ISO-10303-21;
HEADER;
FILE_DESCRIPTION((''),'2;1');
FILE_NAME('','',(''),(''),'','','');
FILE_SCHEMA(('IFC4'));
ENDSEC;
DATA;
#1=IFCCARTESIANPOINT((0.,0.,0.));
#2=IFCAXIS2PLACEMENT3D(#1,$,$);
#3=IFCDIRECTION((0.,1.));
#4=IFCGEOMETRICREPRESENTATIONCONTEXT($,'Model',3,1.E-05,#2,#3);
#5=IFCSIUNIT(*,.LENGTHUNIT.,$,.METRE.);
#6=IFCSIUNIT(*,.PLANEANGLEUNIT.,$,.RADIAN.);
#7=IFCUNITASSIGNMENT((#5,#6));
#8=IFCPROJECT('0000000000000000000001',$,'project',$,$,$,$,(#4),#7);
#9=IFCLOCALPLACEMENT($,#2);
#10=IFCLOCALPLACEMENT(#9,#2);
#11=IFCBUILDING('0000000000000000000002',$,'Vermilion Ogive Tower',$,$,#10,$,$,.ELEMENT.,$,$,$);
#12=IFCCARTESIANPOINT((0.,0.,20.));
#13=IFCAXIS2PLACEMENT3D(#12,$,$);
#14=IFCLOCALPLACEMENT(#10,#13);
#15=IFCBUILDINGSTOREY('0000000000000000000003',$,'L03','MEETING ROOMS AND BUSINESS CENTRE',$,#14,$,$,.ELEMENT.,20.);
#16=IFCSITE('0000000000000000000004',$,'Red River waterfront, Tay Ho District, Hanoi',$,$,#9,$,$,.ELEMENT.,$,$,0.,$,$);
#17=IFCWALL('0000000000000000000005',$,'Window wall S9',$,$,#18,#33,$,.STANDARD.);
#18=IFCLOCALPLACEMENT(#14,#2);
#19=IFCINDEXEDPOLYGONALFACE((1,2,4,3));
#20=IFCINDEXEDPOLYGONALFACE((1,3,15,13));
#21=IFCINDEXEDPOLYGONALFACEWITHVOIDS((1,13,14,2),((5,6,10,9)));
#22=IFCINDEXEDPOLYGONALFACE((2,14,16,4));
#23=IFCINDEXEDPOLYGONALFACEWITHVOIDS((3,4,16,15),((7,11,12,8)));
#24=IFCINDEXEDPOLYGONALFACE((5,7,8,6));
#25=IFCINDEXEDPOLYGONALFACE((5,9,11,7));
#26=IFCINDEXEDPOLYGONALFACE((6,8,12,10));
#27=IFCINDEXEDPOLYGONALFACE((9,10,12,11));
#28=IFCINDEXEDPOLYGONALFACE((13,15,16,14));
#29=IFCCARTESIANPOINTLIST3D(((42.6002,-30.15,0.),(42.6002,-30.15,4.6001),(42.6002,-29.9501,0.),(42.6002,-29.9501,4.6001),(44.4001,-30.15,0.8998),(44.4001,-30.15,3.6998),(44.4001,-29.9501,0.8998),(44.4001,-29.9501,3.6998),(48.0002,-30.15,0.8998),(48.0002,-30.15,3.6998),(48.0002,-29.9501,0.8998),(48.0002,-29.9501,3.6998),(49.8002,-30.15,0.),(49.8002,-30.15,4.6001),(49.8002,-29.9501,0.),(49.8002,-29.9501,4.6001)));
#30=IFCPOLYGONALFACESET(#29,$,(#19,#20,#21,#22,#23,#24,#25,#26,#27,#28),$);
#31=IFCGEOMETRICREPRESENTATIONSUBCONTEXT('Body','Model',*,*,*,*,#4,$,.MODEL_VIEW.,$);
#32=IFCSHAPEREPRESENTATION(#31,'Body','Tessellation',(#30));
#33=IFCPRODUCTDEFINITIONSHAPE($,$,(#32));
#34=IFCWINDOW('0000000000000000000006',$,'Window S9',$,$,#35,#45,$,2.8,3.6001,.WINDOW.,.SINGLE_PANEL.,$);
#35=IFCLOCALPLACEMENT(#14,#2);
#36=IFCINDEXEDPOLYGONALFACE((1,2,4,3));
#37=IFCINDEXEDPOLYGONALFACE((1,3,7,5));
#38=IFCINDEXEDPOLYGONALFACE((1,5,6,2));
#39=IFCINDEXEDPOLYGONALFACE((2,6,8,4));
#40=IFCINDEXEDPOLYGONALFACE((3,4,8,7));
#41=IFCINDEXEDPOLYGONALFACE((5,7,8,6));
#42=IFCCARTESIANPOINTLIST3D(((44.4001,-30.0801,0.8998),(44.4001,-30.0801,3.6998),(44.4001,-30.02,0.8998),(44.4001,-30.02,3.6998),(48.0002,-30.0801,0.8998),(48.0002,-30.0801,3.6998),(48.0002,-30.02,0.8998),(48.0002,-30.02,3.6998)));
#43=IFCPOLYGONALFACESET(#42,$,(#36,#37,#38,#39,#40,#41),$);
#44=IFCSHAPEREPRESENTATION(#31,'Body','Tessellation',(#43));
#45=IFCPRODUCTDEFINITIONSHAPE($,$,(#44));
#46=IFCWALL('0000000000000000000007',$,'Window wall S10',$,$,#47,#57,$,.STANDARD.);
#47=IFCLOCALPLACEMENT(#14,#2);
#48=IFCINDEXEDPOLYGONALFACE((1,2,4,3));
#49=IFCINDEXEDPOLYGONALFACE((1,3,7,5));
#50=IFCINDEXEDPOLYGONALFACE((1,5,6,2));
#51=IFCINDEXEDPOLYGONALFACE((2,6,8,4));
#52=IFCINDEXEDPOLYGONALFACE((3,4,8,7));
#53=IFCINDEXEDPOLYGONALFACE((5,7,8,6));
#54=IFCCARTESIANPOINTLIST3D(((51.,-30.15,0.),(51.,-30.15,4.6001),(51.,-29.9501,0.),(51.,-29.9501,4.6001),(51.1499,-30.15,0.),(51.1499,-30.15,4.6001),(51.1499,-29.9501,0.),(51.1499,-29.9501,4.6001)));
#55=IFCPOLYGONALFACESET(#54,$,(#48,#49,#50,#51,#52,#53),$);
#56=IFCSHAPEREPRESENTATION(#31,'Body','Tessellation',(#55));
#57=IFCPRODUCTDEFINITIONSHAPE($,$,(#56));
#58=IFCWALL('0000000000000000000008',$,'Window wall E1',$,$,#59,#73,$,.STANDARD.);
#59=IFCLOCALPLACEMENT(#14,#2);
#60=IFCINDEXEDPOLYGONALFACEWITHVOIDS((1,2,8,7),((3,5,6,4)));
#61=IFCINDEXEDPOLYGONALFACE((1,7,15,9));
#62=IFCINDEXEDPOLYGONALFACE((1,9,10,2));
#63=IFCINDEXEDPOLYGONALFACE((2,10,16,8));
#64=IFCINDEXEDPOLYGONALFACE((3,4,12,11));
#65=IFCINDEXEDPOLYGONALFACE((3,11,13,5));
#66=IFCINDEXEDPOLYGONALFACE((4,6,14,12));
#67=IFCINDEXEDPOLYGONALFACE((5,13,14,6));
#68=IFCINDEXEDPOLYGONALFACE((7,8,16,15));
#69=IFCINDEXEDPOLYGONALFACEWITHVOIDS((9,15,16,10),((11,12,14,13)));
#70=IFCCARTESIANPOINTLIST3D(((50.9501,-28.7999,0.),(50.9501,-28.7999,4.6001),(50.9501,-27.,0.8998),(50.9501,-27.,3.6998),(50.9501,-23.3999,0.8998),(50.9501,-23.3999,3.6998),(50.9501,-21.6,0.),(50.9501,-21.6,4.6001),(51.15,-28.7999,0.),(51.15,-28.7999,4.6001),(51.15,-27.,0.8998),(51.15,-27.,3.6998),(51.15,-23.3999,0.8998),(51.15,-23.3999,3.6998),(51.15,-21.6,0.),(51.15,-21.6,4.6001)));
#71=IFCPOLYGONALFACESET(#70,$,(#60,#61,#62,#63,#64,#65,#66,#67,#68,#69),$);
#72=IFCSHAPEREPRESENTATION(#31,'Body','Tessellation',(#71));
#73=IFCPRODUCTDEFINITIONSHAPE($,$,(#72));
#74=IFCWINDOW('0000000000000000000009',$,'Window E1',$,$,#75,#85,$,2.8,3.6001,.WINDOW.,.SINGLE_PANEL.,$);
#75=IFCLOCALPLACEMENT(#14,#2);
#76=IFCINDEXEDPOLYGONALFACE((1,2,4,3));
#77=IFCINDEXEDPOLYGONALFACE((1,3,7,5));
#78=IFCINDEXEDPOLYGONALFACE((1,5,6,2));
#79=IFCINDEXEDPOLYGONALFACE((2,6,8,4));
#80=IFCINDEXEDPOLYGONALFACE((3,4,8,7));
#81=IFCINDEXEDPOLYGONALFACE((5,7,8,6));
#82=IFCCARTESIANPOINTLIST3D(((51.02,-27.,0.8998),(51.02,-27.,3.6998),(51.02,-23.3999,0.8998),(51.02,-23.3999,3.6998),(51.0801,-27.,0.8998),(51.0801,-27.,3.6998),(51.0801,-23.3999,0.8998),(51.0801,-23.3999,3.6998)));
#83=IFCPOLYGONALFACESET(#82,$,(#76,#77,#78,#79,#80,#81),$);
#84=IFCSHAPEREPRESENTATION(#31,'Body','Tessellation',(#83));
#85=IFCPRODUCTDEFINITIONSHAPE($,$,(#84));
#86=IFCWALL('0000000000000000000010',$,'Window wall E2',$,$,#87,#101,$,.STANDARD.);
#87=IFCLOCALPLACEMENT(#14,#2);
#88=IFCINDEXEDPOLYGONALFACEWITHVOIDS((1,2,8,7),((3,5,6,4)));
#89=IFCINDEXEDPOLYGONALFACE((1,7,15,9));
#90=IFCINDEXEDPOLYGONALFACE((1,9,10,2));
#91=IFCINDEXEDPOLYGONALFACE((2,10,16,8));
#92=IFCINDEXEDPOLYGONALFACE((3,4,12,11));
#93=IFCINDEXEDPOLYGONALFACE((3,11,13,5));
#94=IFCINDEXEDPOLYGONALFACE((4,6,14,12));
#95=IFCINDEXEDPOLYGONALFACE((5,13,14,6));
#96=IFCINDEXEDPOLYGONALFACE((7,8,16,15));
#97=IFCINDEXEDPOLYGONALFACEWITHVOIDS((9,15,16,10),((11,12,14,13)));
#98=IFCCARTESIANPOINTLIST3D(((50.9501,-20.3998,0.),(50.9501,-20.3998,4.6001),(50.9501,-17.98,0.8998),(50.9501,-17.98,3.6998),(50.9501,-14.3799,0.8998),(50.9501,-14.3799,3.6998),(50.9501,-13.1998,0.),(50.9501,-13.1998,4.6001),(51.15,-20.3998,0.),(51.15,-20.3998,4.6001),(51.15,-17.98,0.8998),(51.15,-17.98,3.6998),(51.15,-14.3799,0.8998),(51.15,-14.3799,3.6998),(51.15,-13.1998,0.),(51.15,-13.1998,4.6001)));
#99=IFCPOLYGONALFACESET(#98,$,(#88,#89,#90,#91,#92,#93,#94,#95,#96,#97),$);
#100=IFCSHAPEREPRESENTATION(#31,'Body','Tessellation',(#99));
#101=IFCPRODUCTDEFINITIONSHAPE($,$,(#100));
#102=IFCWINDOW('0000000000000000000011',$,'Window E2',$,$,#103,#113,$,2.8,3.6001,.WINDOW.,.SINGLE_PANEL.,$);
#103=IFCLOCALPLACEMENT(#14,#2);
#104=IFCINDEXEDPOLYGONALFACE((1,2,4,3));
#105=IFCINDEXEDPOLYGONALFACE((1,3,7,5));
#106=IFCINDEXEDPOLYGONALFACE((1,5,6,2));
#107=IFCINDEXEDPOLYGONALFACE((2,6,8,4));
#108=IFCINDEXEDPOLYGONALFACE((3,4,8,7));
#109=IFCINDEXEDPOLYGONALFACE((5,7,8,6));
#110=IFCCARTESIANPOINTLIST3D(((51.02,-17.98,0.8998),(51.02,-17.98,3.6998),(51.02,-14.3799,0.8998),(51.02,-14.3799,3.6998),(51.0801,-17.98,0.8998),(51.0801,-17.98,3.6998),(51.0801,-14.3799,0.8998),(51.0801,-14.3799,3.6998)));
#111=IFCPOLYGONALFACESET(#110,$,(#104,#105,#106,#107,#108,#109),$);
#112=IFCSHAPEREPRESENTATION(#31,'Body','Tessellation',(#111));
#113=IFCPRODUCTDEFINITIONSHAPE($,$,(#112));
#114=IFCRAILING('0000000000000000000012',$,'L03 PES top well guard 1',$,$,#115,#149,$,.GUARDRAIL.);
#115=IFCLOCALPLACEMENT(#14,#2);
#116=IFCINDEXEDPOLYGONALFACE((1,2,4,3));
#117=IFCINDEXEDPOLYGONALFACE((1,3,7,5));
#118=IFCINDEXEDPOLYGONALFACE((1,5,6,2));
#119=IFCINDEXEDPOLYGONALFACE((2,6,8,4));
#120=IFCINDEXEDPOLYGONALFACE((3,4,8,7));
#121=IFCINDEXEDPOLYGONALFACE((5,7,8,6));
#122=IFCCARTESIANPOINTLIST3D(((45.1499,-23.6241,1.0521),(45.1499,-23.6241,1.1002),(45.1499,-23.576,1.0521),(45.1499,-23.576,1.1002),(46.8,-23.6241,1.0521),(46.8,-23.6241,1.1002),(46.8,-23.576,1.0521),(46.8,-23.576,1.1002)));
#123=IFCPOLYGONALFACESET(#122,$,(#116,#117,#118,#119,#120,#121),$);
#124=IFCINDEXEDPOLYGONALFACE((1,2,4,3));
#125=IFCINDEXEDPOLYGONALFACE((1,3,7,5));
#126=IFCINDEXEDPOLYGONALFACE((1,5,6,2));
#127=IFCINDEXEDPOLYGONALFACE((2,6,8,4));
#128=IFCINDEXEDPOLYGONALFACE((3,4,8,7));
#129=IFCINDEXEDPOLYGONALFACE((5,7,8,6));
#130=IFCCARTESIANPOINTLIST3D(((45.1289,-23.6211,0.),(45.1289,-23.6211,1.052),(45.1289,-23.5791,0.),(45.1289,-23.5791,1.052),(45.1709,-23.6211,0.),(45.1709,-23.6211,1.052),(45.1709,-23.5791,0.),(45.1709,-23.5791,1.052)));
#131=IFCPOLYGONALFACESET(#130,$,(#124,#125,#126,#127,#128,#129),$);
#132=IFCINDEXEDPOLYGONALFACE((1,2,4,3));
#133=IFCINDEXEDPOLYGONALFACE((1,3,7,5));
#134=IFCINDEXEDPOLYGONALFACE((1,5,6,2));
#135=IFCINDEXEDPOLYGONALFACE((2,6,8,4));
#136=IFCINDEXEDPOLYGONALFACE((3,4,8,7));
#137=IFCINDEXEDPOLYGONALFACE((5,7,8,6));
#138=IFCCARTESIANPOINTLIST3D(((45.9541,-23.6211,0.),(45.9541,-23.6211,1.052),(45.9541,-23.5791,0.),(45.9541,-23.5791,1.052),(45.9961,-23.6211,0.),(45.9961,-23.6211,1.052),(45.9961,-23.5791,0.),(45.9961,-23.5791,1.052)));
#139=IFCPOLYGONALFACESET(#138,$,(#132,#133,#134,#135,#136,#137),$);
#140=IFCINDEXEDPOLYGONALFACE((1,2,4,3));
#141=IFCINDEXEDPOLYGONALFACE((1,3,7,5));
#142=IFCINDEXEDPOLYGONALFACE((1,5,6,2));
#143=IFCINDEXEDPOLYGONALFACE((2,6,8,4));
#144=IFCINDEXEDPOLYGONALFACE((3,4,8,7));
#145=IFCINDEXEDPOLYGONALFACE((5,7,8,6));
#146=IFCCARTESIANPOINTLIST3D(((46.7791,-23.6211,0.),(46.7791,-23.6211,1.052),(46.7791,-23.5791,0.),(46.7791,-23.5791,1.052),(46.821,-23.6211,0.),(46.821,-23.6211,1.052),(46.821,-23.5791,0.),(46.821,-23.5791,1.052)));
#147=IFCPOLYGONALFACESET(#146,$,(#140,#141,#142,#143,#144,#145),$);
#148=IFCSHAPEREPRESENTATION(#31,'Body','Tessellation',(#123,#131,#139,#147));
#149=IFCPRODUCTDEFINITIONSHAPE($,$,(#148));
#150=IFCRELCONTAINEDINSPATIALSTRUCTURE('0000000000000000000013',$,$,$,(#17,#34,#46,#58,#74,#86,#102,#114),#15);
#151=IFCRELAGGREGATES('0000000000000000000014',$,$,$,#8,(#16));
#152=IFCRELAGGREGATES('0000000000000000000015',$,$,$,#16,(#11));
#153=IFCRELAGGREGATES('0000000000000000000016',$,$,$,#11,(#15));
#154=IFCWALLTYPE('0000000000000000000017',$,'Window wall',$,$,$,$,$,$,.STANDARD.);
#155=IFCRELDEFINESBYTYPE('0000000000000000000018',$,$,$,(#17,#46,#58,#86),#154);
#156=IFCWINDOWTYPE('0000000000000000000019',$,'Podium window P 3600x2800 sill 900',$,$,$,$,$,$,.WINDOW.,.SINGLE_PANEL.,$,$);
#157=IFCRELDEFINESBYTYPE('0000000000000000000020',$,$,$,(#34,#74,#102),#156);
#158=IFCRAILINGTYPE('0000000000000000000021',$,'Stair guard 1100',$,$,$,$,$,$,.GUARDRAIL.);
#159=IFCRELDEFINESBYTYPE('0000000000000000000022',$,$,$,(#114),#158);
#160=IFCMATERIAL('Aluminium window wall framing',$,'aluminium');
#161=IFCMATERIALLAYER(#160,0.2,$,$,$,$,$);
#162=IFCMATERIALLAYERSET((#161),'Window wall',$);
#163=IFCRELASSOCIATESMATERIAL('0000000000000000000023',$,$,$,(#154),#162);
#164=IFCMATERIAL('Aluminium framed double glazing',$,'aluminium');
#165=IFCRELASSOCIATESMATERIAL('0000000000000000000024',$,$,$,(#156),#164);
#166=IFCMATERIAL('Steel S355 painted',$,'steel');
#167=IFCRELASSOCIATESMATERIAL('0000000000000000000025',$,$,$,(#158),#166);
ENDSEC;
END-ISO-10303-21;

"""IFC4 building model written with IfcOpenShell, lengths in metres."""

from ifc_helpers import new_model, si_unit, direction, frame, frame_2d, origin, origin_2d, place, context, subcontext, project, spatial, rectangle, extrude, material, layer, layer_set, type_object, element, fill, save


model = new_model("IFC4")

# Units and contexts
model_context = context("Model", 3, precision=1e-05, world=origin(), true_north=direction((0.0, 1.0)))
body_context = subcontext(model_context, "Body", "Model", "MODEL_VIEW")
ifc_project = project(units=[si_unit("LENGTHUNIT", "METRE"), si_unit("PLANEANGLEUNIT", "RADIAN")], contexts=[model_context])

# Site, building, storey
site_placement = place(None, origin())
site = spatial("IfcSite", under=ifc_project, at=site_placement, Name="Red River waterfront, Tay Ho District, Hanoi", CompositionType="ELEMENT", RefElevation=0.0)
building_placement = place(site_placement, origin())
building = spatial("IfcBuilding", under=site, at=building_placement, Name="Vermilion Ogive Tower", CompositionType="ELEMENT")
storey_placement = place(building_placement, frame((0.0, 0.0, 20.0)))
storey = spatial("IfcBuildingStorey", under=building, at=storey_placement, Name="L03", Description="MEETING ROOMS AND BUSINESS CENTRE", CompositionType="ELEMENT", Elevation=20.0)

# Wall, opening, window
ifc_material_1 = material(Name="Aluminium window wall framing", Category="aluminium")
ifc_layer_1 = layer(ifc_material_1, 0.2)
ifc_layer_set_1 = layer_set([ifc_layer_1], Name="Window wall")
wall_type_1 = type_object("IfcWallType", Name="Window wall", PredefinedType="STANDARD", material=ifc_layer_set_1)
wall_1_placement = place(storey_placement, frame((42.6001, -30.05, 0.0), z_axis=(0.0, 0.0, 1.0), x_axis=(1.0, 0.0, 0.0)))
wall_1 = element("IfcWall", 1, at=wall_1_placement, inside=storey, type_object=wall_type_1, Name="Window wall S9", PredefinedType="STANDARD", context=body_context, shape_type="SweptSolid", body=[
    extrude(rectangle(XDim=7.2, YDim=0.2, at=frame_2d((3.6001, 0.0))), origin(), (0.0, 0.0, 1.0), 4.6001),
])
opening_1_placement = place(wall_1_placement, frame((1.8, 0.0, 0.8999)))
opening_1 = element("IfcOpeningElement", 2, at=opening_1_placement, cuts=wall_1, PredefinedType="OPENING", context=body_context, shape_type="SweptSolid", body=[
    extrude(rectangle(XDim=3.6001, YDim=2.8, at=frame_2d((1.8, 1.3999))), frame((0.0, 0.1099, 0.0), z_axis=(0.0, -1.0, 0.0), x_axis=(1.0, 0.0, 0.0)), (0.0, 0.0, 1.0), 0.22),
])
ifc_material_2 = material(Name="Aluminium framed double glazing", Category="aluminium")
window_type = type_object("IfcWindowType", Name="Podium window P 3600x2800 sill 900", PartitioningType="SINGLE_PANEL", PredefinedType="WINDOW", material=ifc_material_2)
window_1_placement = place(opening_1_placement, origin())
window_1 = element("IfcWindow", 3, at=window_1_placement, inside=storey, type_object=window_type, Name="Window S9", OverallHeight=2.8, OverallWidth=3.6001, PartitioningType="SINGLE_PANEL", PredefinedType="WINDOW", context=body_context, shape_type="SweptSolid", body=[
    extrude(rectangle(XDim=3.6001, YDim=2.8, at=frame_2d((1.8, 1.3999))), frame((0.0, 0.03, 0.0), z_axis=(0.0, -1.0, 0.0), x_axis=(1.0, 0.0, 0.0)), (0.0, 0.0, 1.0), 0.0601),
])
fill(opening_1, window_1)

# Wall
wall_2_placement = place(storey_placement, frame((51.0, -30.05, 0.0), z_axis=(0.0, 0.0, 1.0), x_axis=(1.0, 0.0, 0.0)))
element("IfcWall", 4, at=wall_2_placement, inside=storey, type_object=wall_type_1, Name="Window wall S10", PredefinedType="STANDARD", context=body_context, shape_type="SweptSolid", body=[
    extrude(rectangle(XDim=0.1499, YDim=0.2, at=frame_2d((0.075, 0.0))), origin(), (0.0, 0.0, 1.0), 4.6001),
])

# Walls, openings, windows
wall_3_placement = place(storey_placement, frame((51.05, -28.8, 0.0), z_axis=(0.0, 0.0, 1.0), x_axis=(0.0, 1.0, 0.0)))
wall_3 = element("IfcWall", 5, at=wall_3_placement, inside=storey, type_object=wall_type_1, Name="Window wall E1", PredefinedType="STANDARD", context=body_context, shape_type="SweptSolid", body=[
    extrude(rectangle(XDim=7.2, YDim=0.2, at=frame_2d((3.6001, 0.0))), origin(), (0.0, 0.0, 1.0), 4.6001),
])
opening_2_placement = place(wall_3_placement, frame((1.8, 0.0, 0.8999)))
opening_2 = element("IfcOpeningElement", 6, at=opening_2_placement, cuts=wall_3, PredefinedType="OPENING", context=body_context, shape_type="SweptSolid", body=[
    extrude(rectangle(XDim=3.6001, YDim=2.8, at=frame_2d((1.8, 1.3999))), frame((0.0, 0.1099, 0.0), z_axis=(0.0, -1.0, 0.0), x_axis=(1.0, 0.0, 0.0)), (0.0, 0.0, 1.0), 0.22),
])
window_2_placement = place(opening_2_placement, origin())
window_2 = element("IfcWindow", 7, at=window_2_placement, inside=storey, type_object=window_type, Name="Window E1", OverallHeight=2.8, OverallWidth=3.6001, PartitioningType="SINGLE_PANEL", PredefinedType="WINDOW", context=body_context, shape_type="SweptSolid", body=[
    extrude(rectangle(XDim=3.6001, YDim=2.8, at=frame_2d((1.8, 1.3999))), frame((0.0, 0.03, 0.0), z_axis=(0.0, -1.0, 0.0), x_axis=(1.0, 0.0, 0.0)), (0.0, 0.0, 1.0), 0.0601),
])
fill(opening_2, window_2)
wall_4_placement = place(storey_placement, frame((51.05, -20.3999, 0.0), z_axis=(0.0, 0.0, 1.0), x_axis=(0.0, 1.0, 0.0)))
wall_4 = element("IfcWall", 8, at=wall_4_placement, inside=storey, type_object=wall_type_1, Name="Window wall E2", PredefinedType="STANDARD", context=body_context, shape_type="SweptSolid", body=[
    extrude(rectangle(XDim=7.2, YDim=0.2, at=frame_2d((3.6001, 0.0))), origin(), (0.0, 0.0, 1.0), 4.6001),
])
opening_3_placement = place(wall_4_placement, frame((2.4199, 0.0, 0.8999)))
opening_3 = element("IfcOpeningElement", 9, at=opening_3_placement, cuts=wall_4, PredefinedType="OPENING", context=body_context, shape_type="SweptSolid", body=[
    extrude(rectangle(XDim=3.6001, YDim=2.8, at=frame_2d((1.8, 1.3999))), frame((0.0, 0.1099, 0.0), z_axis=(0.0, -1.0, 0.0), x_axis=(1.0, 0.0, 0.0)), (0.0, 0.0, 1.0), 0.22),
])
window_3_placement = place(opening_3_placement, origin())
window_3 = element("IfcWindow", 10, at=window_3_placement, inside=storey, type_object=window_type, Name="Window E2", OverallHeight=2.8, OverallWidth=3.6001, PartitioningType="SINGLE_PANEL", PredefinedType="WINDOW", context=body_context, shape_type="SweptSolid", body=[
    extrude(rectangle(XDim=3.6001, YDim=2.8, at=frame_2d((1.8, 1.3999))), frame((0.0, 0.03, 0.0), z_axis=(0.0, -1.0, 0.0), x_axis=(1.0, 0.0, 0.0)), (0.0, 0.0, 1.0), 0.0601),
])
fill(opening_3, window_3)

# Railing
ifc_material_3 = material(Name="Steel S355 painted", Category="steel")
railing_type = type_object("IfcRailingType", Name="Stair guard 1100", PredefinedType="GUARDRAIL", material=ifc_material_3)
railing_1_placement = place(storey_placement, frame((45.1499, -23.6001, 0.0)))
element("IfcRailing", 11, at=railing_1_placement, inside=storey, type_object=railing_type, Name="L03 PES top well guard 1", PredefinedType="GUARDRAIL", context=body_context, shape_type="SweptSolid", body=[
    extrude(rectangle(XDim=0.0481, YDim=0.0481, at=origin_2d()), frame((0.0, 0.0, 1.0762), z_axis=(1.0, 0.0, 0.0), x_axis=(0.0, 1.0, 0.0)), (0.0, 0.0, 1.0), 1.6501),
    extrude(rectangle(XDim=0.042, YDim=0.042, at=origin_2d()), origin(), (0.0, 0.0, 1.0), 1.052),
    extrude(rectangle(XDim=0.042, YDim=0.042, at=origin_2d()), frame((0.8252, 0.0, 0.0)), (0.0, 0.0, 1.0), 1.052),
    extrude(rectangle(XDim=0.042, YDim=0.042, at=origin_2d()), frame((1.6501, 0.0, 0.0)), (0.0, 0.0, 1.0), 1.052),
])

save(model, "model.ifc")
